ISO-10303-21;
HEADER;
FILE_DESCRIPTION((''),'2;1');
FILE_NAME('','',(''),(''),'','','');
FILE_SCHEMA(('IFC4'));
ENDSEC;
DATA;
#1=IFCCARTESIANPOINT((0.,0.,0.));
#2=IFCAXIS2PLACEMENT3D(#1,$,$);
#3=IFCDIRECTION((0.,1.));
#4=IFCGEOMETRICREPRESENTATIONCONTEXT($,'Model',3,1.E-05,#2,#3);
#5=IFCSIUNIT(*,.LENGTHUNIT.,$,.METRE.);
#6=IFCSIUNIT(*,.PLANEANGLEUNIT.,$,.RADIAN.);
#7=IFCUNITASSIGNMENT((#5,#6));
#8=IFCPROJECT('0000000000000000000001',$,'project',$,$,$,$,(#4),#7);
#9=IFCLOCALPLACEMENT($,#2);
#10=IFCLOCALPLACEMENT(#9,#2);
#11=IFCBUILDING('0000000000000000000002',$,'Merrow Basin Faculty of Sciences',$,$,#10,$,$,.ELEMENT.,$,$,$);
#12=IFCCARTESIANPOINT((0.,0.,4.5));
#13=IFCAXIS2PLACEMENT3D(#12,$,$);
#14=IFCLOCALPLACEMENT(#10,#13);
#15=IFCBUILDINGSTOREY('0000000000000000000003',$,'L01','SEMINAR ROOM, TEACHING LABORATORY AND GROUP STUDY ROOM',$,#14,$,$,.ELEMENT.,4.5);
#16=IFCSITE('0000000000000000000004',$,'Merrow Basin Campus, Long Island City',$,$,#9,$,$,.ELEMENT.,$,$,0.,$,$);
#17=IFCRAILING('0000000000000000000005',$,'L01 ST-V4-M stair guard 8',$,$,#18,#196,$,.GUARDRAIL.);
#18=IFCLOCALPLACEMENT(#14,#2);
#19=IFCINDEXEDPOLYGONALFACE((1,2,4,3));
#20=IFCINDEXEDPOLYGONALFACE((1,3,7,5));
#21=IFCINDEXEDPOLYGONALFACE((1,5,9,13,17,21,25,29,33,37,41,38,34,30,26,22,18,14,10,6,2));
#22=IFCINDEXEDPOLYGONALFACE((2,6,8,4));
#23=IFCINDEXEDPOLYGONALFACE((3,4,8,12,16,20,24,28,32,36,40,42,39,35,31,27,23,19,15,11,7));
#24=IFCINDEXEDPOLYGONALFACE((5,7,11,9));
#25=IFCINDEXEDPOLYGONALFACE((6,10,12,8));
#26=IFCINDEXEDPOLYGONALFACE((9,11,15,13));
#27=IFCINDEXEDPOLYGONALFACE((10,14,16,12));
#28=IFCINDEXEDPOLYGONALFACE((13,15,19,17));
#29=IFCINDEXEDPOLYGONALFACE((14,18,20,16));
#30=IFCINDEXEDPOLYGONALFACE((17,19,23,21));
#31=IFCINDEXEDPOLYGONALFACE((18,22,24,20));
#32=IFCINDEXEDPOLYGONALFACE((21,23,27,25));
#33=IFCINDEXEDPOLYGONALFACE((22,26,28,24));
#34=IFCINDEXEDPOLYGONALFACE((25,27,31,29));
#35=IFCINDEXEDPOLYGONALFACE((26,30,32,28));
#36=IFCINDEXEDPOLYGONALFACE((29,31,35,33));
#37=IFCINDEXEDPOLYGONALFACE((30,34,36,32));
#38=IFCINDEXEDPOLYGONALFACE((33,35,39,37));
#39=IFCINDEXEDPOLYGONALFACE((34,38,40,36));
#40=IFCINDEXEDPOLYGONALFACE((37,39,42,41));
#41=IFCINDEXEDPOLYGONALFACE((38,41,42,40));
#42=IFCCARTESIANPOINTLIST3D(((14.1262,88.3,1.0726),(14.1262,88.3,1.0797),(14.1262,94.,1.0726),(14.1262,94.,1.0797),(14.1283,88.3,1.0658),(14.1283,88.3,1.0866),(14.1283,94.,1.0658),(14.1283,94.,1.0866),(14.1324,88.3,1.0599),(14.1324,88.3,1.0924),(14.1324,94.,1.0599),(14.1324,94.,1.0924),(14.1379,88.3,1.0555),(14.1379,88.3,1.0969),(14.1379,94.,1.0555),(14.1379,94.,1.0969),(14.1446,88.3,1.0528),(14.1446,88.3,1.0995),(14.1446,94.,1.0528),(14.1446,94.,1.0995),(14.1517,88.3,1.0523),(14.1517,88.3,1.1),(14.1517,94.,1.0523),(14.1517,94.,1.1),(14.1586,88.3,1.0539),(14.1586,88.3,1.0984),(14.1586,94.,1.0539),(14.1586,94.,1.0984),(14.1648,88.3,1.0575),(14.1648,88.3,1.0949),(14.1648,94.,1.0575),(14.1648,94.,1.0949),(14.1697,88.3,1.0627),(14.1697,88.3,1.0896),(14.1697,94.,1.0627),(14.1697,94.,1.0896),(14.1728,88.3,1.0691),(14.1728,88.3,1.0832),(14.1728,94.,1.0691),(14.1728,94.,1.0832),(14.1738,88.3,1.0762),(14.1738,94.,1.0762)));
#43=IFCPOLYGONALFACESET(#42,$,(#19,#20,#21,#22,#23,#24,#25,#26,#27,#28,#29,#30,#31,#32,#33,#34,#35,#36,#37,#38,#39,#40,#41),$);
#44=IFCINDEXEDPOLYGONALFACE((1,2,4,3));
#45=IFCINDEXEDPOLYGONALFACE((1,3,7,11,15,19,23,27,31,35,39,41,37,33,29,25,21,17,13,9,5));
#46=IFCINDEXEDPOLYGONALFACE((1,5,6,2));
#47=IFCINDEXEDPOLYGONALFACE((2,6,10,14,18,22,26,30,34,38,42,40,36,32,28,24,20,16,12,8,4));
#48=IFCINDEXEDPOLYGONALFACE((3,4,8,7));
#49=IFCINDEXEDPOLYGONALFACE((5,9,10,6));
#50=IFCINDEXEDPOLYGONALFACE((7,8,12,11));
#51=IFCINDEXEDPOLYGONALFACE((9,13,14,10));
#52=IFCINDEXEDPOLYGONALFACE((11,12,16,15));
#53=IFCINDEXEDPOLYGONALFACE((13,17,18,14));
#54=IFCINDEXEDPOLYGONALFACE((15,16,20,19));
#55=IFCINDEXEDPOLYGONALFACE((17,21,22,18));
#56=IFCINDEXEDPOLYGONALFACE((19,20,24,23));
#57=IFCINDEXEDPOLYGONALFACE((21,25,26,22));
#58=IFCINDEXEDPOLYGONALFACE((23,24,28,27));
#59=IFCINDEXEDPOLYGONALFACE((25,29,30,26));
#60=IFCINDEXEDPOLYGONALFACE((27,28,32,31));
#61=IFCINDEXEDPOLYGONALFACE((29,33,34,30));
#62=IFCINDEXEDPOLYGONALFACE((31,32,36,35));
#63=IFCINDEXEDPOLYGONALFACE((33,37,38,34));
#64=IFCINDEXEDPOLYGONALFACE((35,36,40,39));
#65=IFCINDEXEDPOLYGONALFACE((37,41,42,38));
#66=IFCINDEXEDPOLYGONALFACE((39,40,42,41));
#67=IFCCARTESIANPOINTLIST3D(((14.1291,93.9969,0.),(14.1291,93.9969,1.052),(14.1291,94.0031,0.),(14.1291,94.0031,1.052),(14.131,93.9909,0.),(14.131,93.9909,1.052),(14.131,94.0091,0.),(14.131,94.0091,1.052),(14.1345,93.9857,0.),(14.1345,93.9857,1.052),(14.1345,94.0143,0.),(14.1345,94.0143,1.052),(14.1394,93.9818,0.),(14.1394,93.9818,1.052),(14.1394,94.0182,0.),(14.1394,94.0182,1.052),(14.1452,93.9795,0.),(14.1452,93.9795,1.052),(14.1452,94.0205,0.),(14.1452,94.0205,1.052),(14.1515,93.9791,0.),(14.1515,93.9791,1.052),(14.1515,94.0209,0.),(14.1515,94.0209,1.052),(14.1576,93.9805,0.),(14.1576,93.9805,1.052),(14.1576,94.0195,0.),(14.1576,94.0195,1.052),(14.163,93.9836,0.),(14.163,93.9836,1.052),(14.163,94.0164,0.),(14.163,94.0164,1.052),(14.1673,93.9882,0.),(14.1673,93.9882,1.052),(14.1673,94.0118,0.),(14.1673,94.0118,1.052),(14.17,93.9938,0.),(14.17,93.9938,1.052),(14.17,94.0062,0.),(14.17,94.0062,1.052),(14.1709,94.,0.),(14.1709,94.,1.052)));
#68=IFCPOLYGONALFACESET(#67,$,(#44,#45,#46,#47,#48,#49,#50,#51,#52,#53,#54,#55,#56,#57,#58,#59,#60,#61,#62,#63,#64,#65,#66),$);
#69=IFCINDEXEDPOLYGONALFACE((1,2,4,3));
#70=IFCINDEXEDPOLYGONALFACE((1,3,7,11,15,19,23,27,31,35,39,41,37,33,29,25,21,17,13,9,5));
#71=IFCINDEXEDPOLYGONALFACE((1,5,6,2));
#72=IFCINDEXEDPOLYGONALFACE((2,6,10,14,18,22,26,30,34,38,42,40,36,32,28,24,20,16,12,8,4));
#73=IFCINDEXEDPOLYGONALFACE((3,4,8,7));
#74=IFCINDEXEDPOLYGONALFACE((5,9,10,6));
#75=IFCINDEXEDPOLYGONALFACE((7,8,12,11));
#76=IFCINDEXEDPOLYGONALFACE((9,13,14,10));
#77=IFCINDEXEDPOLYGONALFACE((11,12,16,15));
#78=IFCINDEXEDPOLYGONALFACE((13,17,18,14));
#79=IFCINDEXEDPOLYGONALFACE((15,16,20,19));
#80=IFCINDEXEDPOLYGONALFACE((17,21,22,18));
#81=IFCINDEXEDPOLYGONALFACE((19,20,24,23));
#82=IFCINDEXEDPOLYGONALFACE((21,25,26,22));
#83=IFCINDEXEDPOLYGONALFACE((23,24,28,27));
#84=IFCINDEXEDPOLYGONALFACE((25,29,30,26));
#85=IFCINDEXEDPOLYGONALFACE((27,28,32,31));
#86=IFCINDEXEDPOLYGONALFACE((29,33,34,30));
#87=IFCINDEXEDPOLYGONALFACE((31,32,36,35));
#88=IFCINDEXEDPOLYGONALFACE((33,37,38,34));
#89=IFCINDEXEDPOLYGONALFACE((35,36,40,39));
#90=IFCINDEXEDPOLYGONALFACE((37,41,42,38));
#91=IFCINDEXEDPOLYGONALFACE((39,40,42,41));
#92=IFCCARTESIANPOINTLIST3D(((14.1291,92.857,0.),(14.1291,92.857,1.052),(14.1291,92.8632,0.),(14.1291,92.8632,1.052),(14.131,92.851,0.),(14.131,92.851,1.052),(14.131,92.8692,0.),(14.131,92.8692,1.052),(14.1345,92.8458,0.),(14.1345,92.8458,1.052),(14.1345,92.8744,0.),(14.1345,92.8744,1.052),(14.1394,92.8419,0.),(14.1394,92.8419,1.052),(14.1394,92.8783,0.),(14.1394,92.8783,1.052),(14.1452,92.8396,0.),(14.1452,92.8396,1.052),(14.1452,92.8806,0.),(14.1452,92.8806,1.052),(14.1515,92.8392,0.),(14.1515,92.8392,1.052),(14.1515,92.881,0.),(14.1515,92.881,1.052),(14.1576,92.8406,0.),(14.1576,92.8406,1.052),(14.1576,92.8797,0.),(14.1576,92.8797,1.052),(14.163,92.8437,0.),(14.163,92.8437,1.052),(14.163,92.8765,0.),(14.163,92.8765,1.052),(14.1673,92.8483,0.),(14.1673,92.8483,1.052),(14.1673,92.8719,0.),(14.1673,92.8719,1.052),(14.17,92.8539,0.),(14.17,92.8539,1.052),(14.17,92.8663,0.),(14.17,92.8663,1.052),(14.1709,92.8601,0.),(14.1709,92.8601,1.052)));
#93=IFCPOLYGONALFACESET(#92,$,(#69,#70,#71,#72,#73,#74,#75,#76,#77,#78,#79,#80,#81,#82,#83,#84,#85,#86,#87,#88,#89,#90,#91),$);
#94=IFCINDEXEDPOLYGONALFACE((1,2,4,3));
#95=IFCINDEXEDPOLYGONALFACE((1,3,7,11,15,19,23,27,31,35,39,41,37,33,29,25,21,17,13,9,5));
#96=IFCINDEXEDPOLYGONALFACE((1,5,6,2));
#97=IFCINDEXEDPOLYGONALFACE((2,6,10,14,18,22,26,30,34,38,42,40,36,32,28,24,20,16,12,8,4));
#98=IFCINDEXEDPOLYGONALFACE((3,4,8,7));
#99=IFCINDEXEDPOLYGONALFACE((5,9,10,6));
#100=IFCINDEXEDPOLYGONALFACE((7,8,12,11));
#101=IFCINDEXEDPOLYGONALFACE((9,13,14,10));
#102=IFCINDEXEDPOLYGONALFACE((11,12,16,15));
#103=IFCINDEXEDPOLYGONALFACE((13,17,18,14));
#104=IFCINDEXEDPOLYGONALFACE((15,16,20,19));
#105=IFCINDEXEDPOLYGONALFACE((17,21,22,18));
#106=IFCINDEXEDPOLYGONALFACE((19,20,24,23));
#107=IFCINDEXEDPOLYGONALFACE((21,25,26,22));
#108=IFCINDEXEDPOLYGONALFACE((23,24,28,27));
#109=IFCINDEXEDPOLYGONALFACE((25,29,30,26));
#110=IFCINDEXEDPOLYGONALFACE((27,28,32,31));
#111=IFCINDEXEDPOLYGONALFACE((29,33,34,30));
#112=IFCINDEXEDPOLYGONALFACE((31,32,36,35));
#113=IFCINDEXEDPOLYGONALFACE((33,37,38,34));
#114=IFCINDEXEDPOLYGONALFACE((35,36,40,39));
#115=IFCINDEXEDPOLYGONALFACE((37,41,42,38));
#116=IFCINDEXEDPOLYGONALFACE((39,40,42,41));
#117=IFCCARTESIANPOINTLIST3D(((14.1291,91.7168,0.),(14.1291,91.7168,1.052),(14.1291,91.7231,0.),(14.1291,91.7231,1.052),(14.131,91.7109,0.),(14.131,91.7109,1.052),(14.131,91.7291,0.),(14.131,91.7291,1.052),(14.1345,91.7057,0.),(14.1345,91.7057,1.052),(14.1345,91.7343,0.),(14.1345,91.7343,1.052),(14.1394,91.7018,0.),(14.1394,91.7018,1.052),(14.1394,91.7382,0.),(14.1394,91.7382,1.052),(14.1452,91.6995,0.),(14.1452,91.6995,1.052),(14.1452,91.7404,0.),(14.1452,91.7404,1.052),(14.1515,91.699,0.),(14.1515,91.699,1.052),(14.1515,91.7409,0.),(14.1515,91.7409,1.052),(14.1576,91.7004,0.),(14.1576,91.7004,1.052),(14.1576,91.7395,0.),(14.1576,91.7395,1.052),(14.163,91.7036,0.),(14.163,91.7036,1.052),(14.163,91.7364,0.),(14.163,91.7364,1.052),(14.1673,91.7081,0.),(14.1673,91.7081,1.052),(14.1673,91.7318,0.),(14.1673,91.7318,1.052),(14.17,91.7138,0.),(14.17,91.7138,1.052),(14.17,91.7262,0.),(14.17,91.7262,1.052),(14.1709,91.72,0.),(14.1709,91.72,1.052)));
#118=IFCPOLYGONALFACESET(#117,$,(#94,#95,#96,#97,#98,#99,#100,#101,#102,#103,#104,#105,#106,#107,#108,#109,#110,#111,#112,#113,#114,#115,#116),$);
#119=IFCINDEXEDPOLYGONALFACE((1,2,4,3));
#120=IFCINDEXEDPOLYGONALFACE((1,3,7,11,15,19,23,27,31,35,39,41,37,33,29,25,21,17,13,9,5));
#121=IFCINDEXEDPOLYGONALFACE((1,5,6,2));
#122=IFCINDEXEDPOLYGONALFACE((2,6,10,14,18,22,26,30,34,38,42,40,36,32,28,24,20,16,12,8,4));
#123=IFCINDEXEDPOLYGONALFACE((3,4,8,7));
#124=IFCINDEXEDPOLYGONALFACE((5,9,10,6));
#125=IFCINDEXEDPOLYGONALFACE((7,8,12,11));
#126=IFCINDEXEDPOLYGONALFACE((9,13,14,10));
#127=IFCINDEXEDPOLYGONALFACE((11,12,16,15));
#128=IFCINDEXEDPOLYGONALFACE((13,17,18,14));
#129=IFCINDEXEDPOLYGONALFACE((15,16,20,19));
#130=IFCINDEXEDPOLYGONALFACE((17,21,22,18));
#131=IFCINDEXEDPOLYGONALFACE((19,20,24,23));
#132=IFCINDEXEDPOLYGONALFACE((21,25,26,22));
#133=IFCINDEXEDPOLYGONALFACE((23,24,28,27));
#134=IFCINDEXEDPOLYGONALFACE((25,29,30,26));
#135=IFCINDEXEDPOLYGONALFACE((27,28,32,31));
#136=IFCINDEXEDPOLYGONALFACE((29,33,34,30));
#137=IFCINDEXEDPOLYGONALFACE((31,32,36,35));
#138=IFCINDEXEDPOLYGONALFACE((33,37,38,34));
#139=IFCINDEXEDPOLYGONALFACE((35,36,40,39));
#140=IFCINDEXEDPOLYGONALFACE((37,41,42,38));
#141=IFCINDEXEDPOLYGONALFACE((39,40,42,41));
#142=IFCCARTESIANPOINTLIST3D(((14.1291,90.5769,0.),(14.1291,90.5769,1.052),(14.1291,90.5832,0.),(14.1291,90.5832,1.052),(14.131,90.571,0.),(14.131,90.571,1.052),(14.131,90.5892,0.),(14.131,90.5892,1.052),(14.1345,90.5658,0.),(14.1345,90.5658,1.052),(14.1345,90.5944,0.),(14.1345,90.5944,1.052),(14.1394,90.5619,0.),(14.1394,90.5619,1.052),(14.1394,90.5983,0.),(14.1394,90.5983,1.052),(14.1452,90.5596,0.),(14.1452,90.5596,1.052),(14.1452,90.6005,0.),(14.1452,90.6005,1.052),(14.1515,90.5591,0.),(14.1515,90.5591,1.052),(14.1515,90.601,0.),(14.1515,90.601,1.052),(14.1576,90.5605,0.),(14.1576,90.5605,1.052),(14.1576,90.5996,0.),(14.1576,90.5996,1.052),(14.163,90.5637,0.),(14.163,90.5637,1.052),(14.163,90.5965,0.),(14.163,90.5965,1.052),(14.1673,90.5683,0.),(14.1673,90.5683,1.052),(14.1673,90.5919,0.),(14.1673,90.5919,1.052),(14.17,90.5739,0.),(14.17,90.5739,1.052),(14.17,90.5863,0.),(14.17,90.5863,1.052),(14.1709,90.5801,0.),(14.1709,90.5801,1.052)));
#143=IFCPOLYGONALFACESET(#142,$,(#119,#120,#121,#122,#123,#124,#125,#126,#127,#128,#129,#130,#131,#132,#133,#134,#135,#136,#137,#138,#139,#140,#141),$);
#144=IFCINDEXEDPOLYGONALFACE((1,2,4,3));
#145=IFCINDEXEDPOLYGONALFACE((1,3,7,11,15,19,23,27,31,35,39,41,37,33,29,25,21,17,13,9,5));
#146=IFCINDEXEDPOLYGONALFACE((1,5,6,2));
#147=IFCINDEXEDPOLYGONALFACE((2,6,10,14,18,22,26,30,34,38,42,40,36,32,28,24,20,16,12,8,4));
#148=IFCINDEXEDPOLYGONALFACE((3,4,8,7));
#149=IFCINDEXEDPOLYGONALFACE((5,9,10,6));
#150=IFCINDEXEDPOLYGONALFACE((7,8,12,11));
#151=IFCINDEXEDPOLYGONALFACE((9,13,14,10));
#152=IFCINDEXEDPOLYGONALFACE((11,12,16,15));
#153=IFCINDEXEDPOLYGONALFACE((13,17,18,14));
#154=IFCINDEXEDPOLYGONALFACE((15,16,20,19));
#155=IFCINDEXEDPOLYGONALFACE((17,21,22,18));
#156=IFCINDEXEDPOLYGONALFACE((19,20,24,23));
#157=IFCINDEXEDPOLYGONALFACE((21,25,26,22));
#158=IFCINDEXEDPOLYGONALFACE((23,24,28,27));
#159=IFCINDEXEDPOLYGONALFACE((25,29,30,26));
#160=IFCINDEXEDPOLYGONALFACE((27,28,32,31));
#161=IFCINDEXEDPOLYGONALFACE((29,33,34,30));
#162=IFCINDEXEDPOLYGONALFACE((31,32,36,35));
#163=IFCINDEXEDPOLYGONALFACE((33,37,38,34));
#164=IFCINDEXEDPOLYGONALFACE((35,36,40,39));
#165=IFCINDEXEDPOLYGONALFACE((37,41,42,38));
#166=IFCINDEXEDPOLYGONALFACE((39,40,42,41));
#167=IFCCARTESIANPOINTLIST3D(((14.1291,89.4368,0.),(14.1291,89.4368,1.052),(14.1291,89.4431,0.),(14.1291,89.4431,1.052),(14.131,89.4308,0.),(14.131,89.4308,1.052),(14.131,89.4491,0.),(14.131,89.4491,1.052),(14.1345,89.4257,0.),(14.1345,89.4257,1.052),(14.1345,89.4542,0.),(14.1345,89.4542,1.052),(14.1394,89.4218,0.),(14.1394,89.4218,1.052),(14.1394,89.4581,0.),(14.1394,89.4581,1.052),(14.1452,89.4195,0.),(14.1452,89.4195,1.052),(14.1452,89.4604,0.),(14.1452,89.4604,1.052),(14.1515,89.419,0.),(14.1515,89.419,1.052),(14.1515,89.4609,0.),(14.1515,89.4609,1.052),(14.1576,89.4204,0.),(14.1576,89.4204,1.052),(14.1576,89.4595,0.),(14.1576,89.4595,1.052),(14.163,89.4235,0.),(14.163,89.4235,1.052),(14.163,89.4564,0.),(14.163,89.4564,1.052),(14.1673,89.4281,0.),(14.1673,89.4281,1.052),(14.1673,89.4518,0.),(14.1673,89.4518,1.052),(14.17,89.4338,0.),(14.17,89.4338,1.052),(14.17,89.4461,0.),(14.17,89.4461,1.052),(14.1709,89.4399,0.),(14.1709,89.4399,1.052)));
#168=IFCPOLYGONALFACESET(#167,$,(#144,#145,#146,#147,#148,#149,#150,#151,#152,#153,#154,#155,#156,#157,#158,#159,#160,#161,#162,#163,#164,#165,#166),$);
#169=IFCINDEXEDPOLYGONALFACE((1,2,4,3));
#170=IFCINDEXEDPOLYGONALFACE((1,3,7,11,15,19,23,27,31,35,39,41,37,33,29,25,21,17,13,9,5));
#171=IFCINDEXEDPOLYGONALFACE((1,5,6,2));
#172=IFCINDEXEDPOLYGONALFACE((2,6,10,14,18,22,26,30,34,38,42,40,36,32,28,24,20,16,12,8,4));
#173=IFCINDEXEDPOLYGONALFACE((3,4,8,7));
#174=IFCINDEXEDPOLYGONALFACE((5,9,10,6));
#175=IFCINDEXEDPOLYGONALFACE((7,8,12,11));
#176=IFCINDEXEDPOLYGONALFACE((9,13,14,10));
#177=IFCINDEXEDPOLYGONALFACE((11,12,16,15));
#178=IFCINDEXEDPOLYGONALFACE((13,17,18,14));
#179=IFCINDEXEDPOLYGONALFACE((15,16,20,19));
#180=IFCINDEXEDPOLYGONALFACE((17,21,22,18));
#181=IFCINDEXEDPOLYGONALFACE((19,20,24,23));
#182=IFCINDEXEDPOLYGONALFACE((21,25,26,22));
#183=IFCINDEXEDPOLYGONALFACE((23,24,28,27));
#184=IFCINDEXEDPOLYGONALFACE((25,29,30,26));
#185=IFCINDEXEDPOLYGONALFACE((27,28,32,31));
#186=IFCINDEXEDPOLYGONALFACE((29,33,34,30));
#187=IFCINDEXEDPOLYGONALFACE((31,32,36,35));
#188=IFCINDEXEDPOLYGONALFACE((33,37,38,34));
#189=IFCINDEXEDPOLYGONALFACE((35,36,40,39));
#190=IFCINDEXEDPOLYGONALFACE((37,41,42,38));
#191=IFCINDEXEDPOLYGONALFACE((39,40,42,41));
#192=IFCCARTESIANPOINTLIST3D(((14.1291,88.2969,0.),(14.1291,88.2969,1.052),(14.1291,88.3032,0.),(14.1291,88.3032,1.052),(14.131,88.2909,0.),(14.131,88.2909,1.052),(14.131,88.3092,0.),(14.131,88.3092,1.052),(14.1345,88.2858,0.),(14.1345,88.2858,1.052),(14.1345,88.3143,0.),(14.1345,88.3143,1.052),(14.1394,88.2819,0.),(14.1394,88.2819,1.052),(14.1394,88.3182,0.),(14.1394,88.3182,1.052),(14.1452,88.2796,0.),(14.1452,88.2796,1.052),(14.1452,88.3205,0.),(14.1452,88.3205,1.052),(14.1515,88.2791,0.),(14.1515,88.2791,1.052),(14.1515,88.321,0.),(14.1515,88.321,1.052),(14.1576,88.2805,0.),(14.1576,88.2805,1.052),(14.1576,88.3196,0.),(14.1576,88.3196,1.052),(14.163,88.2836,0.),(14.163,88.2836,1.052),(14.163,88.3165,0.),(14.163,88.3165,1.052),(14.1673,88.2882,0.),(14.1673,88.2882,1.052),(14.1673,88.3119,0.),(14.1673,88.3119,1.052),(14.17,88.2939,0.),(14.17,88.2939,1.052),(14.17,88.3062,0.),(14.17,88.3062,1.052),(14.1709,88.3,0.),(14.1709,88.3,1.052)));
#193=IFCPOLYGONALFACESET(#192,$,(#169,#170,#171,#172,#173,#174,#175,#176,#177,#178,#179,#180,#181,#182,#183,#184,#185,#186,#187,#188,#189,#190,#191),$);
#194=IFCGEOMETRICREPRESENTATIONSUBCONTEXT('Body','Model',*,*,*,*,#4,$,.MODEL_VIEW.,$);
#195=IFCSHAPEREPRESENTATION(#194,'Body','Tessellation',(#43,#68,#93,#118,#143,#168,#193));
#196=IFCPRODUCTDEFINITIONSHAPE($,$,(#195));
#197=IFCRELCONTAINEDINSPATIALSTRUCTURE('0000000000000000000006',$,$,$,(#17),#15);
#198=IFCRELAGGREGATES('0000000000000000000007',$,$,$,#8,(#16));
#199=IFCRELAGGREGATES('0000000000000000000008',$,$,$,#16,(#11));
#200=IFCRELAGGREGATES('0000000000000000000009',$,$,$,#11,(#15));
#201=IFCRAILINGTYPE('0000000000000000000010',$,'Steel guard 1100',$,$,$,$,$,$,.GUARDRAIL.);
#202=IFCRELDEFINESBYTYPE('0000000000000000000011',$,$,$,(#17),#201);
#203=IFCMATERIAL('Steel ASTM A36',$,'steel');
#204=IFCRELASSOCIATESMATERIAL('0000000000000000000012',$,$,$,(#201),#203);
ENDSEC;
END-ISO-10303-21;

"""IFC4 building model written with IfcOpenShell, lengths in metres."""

from ifc_helpers import new_model, si_unit, direction, frame, origin, origin_2d, place, context, subcontext, project, spatial, circle, extrude, material, type_object, element, save


model = new_model("IFC4")

# Units and contexts
model_context = context("Model", 3, precision=1e-05, world=origin(), true_north=direction((0.0, 1.0)))
body_context = subcontext(model_context, "Body", "Model", "MODEL_VIEW")
ifc_project = project(units=[si_unit("LENGTHUNIT", "METRE"), si_unit("PLANEANGLEUNIT", "RADIAN")], contexts=[model_context])

# Site, building, storey
site_placement = place(None, origin())
site = spatial("IfcSite", under=ifc_project, at=site_placement, Name="Merrow Basin Campus, Long Island City", CompositionType="ELEMENT", RefElevation=0.0)
building_placement = place(site_placement, origin())
building = spatial("IfcBuilding", under=site, at=building_placement, Name="Merrow Basin Faculty of Sciences", CompositionType="ELEMENT")
storey_placement = place(building_placement, frame((0.0, 0.0, 4.5)))
storey = spatial("IfcBuildingStorey", under=building, at=storey_placement, Name="L01", Description="SEMINAR ROOM, TEACHING LABORATORY AND GROUP STUDY ROOM", CompositionType="ELEMENT", Elevation=4.5)

# Railing
ifc_material_1 = material(Name="Steel ASTM A36", Category="steel")
railing_type_1 = type_object("IfcRailingType", Name="Steel guard 1100", PredefinedType="GUARDRAIL", material=ifc_material_1)
railing_1_placement = place(storey_placement, frame((14.1499, 94.0, 0.0)))
element("IfcRailing", 1, at=railing_1_placement, inside=storey, type_object=railing_type_1, Name="L01 ST-V4-M stair guard 8", PredefinedType="GUARDRAIL", context=body_context, shape_type="SweptSolid", body=[
    extrude(circle(Radius=0.0239, at=origin_2d()), frame((0.0, 0.0, 1.0762), z_axis=(0.0, -1.0, 0.0), x_axis=(1.0, 0.0, 0.0)), (0.0, 0.0, 1.0), 5.7),
    extrude(circle(Radius=0.021, at=origin_2d()), origin(), (0.0, 0.0, 1.0), 1.052),
    extrude(circle(Radius=0.021, at=origin_2d()), frame((0.0, -1.1399, 0.0)), (0.0, 0.0, 1.0), 1.052),
    extrude(circle(Radius=0.021, at=origin_2d()), frame((0.0, -2.28, 0.0)), (0.0, 0.0, 1.0), 1.052),
    extrude(circle(Radius=0.021, at=origin_2d()), frame((0.0, -3.4199, 0.0)), (0.0, 0.0, 1.0), 1.052),
    extrude(circle(Radius=0.021, at=origin_2d()), frame((0.0, -4.5601, 0.0)), (0.0, 0.0, 1.0), 1.052),
    extrude(circle(Radius=0.021, at=origin_2d()), frame((0.0, -5.7, 0.0)), (0.0, 0.0, 1.0), 1.052),
])

save(model, "model.ifc")
